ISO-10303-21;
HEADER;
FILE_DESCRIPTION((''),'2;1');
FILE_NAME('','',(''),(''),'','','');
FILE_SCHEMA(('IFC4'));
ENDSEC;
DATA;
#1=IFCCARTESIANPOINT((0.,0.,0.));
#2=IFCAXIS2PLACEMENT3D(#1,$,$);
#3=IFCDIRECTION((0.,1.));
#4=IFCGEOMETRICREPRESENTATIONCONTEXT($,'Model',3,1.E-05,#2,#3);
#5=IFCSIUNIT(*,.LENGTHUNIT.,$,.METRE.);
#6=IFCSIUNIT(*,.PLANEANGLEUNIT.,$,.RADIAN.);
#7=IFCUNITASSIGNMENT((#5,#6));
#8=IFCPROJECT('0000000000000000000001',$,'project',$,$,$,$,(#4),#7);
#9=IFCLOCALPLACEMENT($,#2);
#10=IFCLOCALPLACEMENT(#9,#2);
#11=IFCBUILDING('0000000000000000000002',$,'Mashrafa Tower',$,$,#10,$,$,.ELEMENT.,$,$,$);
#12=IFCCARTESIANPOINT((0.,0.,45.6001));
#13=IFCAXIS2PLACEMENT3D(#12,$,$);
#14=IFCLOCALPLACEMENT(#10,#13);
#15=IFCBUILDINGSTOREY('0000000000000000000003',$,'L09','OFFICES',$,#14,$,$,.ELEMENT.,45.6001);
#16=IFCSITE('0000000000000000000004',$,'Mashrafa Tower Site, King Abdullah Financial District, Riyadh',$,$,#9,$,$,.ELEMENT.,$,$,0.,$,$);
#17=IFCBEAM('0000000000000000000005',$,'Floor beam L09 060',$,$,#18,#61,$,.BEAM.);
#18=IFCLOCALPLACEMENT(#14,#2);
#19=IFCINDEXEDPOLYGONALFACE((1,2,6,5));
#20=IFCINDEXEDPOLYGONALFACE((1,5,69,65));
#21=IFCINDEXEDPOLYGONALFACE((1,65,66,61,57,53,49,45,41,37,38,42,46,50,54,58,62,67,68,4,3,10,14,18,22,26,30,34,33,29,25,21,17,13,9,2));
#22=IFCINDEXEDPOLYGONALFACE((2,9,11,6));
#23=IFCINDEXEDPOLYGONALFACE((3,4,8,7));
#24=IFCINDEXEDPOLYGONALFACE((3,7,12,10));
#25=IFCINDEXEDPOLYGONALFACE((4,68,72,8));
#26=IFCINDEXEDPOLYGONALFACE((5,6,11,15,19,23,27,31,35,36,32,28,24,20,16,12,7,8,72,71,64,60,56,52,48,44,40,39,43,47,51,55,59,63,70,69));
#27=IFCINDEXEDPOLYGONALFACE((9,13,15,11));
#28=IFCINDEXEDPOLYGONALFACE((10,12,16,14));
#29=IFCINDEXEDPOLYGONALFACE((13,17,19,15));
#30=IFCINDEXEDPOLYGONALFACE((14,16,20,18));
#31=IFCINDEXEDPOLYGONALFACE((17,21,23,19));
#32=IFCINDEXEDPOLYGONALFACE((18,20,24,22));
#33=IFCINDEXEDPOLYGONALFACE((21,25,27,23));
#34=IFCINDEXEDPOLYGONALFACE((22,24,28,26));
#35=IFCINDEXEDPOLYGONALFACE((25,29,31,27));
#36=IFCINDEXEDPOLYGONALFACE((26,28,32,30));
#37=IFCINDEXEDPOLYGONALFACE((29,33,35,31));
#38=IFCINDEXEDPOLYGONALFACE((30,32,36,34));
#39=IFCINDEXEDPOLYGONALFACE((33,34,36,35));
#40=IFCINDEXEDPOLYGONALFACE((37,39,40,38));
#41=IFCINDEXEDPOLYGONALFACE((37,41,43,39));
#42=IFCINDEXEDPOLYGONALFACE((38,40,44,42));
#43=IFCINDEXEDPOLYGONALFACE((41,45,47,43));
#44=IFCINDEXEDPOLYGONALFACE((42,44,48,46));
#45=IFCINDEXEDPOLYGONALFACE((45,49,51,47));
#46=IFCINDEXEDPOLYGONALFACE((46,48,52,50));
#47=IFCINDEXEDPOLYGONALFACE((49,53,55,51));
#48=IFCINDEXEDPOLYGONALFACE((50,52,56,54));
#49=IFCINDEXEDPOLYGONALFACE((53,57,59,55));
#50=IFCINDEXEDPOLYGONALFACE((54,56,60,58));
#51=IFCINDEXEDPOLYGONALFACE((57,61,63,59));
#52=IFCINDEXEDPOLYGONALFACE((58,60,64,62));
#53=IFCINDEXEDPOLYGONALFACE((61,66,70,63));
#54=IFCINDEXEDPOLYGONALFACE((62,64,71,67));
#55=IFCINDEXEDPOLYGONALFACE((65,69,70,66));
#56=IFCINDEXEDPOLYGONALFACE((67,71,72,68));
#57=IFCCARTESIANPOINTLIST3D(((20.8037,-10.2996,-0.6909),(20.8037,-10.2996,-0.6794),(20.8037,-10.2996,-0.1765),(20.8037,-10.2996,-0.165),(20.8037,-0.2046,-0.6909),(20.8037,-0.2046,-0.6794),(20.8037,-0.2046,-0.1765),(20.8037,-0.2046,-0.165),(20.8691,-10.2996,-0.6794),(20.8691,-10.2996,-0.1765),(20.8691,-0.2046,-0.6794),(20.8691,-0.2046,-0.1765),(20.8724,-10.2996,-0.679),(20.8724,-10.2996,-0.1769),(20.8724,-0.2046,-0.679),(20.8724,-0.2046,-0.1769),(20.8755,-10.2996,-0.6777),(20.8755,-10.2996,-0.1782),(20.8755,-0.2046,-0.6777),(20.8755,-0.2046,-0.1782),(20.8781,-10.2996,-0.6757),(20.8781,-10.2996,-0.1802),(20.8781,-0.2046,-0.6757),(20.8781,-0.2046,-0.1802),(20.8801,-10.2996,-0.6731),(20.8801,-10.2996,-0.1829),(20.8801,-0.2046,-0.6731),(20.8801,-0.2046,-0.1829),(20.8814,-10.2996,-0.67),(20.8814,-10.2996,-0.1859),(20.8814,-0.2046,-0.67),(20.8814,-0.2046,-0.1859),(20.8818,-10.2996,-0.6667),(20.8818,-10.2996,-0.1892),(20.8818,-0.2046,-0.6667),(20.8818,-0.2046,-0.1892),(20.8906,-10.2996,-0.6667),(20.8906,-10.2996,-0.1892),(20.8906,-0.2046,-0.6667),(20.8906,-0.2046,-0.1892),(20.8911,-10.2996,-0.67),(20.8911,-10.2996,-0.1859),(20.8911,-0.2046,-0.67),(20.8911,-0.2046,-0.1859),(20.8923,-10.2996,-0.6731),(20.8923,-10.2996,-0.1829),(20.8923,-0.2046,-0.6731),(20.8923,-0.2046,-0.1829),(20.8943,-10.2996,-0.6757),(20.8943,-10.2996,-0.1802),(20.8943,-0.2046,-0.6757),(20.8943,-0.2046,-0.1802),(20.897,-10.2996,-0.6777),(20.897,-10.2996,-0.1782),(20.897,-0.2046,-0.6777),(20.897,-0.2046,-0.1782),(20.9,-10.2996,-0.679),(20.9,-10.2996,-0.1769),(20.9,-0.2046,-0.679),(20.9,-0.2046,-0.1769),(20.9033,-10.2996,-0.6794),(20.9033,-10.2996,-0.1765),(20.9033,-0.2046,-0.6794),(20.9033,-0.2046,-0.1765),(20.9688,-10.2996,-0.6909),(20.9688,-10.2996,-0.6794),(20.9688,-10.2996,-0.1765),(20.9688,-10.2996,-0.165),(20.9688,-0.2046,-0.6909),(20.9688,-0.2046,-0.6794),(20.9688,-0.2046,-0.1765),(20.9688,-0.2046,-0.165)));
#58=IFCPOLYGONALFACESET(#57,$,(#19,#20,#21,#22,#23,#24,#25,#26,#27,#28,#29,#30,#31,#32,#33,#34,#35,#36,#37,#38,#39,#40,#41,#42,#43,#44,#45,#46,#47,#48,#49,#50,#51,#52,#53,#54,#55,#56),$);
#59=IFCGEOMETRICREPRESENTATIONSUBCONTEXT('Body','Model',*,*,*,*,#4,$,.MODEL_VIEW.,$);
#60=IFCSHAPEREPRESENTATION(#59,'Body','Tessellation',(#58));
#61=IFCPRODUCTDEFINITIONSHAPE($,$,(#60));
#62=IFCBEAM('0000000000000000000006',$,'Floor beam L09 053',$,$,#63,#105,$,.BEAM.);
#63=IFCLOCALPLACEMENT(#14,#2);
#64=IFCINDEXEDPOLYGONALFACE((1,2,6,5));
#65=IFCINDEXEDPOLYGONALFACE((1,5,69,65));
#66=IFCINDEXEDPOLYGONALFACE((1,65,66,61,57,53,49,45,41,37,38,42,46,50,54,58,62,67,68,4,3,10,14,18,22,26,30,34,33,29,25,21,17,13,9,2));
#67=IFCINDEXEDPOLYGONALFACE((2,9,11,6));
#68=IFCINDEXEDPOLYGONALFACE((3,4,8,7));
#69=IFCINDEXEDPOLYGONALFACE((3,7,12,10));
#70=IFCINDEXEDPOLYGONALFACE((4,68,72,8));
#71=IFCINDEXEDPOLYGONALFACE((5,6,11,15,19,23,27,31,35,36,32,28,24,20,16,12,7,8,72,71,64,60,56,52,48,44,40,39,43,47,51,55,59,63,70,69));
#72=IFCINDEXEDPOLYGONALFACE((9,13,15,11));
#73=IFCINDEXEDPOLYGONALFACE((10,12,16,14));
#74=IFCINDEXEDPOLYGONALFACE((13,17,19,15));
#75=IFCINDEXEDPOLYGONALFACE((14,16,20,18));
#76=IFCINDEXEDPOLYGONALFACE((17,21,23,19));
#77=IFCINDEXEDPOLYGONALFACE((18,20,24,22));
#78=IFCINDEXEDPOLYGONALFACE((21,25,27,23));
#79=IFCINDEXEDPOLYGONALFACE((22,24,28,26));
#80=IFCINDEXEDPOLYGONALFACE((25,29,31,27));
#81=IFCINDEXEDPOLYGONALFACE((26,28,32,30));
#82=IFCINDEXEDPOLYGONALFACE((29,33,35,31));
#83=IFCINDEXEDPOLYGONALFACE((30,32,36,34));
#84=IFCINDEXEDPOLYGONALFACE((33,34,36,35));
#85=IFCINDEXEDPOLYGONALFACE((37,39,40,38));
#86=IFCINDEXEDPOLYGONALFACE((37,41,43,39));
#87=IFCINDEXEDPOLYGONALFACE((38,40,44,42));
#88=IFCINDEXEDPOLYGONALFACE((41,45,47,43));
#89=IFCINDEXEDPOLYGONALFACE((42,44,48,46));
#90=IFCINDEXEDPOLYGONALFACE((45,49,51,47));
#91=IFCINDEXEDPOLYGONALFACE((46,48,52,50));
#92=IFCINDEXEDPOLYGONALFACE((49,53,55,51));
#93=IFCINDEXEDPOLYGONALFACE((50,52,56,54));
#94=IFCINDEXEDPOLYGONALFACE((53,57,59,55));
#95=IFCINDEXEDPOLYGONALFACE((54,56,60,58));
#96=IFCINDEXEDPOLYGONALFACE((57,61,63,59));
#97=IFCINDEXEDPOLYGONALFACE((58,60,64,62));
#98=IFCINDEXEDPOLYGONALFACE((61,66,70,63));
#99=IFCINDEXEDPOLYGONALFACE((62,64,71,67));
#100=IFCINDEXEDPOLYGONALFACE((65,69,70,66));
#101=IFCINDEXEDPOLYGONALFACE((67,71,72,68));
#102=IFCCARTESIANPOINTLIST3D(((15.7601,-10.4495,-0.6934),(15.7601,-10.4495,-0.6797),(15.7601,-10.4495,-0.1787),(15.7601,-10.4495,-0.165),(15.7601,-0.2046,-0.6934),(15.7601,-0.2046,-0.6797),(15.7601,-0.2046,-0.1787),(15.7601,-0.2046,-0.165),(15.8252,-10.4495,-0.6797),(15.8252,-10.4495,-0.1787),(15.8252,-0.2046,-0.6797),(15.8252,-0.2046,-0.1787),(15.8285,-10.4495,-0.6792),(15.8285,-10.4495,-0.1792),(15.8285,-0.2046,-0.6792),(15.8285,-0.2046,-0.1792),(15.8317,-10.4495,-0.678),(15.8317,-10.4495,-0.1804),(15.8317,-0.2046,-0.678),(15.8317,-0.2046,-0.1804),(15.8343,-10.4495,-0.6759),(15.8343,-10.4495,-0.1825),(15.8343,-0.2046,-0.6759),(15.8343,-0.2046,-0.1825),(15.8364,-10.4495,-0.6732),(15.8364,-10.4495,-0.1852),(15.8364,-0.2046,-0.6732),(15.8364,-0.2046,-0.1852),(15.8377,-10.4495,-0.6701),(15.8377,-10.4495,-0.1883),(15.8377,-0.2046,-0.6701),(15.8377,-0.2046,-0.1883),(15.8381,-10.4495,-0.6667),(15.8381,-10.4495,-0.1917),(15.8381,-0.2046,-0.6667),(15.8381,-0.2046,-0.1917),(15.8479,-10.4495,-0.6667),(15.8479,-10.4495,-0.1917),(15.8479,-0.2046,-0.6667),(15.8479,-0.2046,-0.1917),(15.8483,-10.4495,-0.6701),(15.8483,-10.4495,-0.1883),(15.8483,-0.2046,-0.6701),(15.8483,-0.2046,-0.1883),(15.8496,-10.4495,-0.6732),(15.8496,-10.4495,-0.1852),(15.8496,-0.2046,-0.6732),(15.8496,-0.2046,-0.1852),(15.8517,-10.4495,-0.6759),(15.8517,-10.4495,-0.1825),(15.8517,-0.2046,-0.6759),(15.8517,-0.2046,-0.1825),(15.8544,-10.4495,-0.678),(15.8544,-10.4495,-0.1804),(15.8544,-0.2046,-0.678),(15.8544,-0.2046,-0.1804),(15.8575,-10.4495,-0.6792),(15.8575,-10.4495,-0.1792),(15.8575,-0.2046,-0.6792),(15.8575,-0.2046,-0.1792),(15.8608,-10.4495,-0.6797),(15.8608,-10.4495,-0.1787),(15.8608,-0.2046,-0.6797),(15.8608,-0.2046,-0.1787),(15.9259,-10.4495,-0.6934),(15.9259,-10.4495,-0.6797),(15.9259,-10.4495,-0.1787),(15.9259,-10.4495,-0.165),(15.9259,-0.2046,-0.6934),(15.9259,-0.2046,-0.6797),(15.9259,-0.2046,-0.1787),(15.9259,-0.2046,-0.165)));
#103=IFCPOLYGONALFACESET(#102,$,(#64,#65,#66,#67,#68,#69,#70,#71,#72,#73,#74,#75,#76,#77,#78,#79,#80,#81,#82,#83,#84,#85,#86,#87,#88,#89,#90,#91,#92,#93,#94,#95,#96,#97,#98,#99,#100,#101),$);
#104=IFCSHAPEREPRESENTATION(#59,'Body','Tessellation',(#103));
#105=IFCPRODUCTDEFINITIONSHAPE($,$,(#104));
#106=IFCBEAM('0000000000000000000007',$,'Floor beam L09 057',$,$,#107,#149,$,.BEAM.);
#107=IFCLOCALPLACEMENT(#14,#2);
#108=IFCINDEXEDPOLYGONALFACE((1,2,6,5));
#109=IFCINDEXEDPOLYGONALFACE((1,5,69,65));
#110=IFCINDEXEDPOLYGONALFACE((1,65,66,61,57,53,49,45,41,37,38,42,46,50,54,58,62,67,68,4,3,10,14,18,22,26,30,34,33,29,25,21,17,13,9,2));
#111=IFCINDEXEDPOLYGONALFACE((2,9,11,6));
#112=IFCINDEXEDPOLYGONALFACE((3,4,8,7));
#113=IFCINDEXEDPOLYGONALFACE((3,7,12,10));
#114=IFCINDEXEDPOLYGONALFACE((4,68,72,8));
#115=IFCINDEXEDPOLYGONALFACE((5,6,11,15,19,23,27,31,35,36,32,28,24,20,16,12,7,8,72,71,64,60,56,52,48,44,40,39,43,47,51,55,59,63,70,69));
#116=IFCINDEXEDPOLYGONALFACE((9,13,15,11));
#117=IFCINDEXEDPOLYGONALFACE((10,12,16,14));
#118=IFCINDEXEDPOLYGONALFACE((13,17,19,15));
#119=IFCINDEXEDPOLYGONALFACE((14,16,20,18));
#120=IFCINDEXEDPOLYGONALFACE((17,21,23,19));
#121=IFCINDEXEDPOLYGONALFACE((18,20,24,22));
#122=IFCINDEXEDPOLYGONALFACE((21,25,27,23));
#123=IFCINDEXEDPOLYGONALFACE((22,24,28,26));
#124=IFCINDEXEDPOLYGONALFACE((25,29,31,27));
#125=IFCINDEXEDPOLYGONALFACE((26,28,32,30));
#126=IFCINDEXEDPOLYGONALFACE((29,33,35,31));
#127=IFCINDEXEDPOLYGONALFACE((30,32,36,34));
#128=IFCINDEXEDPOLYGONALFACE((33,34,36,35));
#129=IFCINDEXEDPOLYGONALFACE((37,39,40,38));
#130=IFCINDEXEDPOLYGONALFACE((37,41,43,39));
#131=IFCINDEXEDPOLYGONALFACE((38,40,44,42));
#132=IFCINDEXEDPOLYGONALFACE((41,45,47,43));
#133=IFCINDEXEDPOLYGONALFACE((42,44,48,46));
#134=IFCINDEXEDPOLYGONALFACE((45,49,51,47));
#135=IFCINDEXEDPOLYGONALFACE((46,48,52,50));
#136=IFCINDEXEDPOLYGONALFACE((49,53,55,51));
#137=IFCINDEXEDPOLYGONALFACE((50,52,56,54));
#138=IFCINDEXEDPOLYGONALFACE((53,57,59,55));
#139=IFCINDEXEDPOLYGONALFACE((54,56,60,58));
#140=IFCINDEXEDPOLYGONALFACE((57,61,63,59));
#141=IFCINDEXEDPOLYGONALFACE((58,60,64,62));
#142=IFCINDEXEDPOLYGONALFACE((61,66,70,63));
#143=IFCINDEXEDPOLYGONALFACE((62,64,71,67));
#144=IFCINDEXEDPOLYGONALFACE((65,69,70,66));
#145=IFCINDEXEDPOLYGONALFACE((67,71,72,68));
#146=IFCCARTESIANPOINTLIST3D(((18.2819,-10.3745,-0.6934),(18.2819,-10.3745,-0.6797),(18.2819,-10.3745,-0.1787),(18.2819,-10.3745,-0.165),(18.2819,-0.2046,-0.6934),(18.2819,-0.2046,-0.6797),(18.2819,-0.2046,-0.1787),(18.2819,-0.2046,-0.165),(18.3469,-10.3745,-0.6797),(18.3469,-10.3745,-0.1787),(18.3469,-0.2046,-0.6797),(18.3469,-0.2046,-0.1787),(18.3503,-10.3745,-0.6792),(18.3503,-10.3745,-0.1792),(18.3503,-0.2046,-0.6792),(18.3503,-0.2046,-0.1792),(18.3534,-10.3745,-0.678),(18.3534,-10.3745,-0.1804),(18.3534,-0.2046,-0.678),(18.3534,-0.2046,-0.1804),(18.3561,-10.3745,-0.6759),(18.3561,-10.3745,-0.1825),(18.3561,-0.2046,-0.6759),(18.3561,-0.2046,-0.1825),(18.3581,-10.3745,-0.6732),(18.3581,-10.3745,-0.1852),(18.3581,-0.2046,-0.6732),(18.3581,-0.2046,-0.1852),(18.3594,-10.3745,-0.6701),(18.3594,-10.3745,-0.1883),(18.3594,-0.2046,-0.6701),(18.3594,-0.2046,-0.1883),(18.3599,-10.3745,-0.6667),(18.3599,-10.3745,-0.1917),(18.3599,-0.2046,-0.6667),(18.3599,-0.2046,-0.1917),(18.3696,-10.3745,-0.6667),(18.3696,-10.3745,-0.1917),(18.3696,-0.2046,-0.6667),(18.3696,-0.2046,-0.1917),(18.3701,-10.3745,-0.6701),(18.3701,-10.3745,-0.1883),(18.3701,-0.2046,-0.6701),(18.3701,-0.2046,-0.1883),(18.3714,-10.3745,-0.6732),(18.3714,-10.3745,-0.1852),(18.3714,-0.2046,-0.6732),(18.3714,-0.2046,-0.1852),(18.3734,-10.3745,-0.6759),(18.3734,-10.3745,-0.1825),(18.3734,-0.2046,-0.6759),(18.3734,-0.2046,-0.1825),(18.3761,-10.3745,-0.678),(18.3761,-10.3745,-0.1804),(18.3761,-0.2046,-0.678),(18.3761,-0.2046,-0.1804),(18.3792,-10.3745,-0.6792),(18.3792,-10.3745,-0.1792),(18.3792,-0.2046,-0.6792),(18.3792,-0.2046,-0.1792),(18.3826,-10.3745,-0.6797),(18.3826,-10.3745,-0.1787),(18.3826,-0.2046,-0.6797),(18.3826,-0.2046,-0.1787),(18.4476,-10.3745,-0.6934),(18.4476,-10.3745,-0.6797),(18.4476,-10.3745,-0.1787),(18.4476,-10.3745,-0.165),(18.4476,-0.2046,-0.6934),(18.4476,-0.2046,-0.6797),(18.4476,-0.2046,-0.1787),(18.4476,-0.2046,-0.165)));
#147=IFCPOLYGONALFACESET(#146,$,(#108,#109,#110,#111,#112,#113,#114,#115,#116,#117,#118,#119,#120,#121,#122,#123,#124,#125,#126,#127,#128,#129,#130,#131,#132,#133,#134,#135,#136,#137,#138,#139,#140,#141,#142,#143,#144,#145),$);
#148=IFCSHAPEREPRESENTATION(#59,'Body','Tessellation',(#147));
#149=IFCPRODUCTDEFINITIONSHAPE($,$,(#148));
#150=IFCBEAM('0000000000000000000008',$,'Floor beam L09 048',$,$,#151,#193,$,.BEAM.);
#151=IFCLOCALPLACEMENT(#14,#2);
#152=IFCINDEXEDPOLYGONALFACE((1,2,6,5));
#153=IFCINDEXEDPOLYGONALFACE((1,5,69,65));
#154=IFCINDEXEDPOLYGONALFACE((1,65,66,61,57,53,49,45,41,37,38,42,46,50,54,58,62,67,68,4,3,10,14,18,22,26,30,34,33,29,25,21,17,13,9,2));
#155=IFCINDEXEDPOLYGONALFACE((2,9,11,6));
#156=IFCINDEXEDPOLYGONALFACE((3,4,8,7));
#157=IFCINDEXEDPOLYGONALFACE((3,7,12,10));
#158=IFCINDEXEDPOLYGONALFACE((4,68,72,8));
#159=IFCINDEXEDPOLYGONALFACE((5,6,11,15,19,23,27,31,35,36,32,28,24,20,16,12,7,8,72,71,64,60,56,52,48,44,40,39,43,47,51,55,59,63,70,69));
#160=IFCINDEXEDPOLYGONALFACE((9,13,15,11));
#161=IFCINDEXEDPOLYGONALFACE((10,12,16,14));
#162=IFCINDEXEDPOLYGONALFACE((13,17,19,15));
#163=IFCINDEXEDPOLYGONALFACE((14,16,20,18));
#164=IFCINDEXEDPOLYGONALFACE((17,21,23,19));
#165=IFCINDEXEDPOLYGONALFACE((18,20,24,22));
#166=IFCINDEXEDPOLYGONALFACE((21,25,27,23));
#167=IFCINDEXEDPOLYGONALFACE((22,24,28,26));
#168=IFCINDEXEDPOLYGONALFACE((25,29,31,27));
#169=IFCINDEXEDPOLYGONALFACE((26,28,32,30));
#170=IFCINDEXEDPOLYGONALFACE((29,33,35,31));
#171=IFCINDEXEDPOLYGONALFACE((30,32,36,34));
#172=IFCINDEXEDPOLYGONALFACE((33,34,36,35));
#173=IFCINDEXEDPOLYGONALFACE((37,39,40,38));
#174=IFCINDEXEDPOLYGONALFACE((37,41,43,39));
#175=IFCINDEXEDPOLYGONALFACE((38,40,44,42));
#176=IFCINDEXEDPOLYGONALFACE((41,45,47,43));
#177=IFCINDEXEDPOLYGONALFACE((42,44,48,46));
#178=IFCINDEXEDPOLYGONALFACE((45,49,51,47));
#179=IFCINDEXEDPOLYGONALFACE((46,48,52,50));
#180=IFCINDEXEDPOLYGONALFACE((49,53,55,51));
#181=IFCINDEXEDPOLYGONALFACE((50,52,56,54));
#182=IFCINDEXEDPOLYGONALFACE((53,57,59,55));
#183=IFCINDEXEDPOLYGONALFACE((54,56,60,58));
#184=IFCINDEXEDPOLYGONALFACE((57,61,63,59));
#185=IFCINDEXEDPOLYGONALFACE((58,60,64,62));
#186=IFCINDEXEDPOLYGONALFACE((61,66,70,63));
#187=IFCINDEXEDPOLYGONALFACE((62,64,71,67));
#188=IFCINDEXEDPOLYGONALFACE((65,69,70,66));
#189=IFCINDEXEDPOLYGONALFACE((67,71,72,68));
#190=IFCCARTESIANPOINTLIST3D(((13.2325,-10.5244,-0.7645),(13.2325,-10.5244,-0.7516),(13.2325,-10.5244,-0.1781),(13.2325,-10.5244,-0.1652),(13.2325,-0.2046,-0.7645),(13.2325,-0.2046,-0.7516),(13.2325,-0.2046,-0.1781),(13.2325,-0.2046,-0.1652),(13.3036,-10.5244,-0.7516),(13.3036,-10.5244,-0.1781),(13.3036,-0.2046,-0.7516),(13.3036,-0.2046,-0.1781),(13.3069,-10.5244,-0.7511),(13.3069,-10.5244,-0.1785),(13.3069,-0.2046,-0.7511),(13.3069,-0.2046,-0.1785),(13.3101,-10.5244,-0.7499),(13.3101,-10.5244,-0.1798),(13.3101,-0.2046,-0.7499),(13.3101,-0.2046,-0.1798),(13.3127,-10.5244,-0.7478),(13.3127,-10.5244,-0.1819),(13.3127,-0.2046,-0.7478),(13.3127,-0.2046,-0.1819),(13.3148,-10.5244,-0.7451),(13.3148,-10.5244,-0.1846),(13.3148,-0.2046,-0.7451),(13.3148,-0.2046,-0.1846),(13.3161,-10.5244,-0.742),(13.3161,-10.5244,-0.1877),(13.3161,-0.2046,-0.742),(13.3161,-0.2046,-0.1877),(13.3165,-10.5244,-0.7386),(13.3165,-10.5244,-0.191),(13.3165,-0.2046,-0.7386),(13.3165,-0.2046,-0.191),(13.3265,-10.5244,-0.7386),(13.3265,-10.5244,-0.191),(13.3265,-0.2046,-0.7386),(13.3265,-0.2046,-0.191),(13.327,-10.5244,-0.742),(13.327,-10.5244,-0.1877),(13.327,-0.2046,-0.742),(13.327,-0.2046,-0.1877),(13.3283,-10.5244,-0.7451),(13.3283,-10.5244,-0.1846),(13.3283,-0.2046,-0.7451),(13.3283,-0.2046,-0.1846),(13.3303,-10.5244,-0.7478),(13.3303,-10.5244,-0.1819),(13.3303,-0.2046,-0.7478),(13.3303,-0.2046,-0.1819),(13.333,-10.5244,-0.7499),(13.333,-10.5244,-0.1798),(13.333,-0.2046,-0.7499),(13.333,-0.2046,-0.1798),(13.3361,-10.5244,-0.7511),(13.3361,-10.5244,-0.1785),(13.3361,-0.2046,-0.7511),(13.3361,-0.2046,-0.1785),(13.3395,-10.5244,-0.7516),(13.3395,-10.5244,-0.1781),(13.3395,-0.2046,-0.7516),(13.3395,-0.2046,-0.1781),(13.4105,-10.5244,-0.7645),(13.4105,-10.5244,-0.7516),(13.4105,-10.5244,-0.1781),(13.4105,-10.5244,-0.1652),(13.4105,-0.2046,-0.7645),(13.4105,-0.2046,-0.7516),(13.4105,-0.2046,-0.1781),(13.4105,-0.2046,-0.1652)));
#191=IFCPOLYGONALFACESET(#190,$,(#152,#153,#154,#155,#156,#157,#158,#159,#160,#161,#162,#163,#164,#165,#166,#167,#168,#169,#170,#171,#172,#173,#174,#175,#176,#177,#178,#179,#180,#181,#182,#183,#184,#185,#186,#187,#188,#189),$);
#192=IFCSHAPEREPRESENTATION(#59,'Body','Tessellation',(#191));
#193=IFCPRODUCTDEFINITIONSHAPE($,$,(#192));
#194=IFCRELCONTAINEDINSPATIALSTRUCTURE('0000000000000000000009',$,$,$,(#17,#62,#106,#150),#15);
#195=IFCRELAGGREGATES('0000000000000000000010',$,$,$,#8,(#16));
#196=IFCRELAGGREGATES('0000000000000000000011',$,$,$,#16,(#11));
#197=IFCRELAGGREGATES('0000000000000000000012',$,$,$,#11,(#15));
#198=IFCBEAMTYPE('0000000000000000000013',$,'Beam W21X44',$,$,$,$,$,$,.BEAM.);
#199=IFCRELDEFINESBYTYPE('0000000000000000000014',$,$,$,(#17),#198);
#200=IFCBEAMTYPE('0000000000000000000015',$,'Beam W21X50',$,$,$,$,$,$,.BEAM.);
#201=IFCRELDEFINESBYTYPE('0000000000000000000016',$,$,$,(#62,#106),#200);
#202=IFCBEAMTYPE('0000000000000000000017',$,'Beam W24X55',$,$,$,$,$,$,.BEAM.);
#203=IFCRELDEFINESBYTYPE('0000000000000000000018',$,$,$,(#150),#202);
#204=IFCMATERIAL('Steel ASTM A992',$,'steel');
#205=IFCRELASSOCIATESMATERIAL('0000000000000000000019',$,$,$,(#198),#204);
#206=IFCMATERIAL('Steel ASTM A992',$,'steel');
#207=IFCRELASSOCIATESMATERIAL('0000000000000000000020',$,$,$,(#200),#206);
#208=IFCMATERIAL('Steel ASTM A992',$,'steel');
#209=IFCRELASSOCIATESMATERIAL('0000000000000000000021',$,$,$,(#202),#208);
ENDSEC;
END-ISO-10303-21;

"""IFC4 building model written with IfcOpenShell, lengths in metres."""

from ifc_helpers import new_model, si_unit, direction, frame, origin, origin_2d, place, context, subcontext, project, spatial, i_section, extrude, material, material_profile, profile_set, type_object, element, save


model = new_model("IFC4")

# Units and contexts
model_context = context("Model", 3, precision=1e-05, world=origin(), true_north=direction((0.0, 1.0)))
body_context = subcontext(model_context, "Body", "Model", "MODEL_VIEW")
ifc_project = project(units=[si_unit("LENGTHUNIT", "METRE"), si_unit("PLANEANGLEUNIT", "RADIAN")], contexts=[model_context])

# Site, building, storey
site_placement = place(None, origin())
site = spatial("IfcSite", under=ifc_project, at=site_placement, Name="Mashrafa Tower Site, King Abdullah Financial District, Riyadh", CompositionType="ELEMENT", RefElevation=0.0)
building_placement = place(site_placement, origin())
building = spatial("IfcBuilding", under=site, at=building_placement, Name="Mashrafa Tower", CompositionType="ELEMENT")
storey_placement = place(building_placement, frame((0.0, 0.0, 45.6001)))
storey = spatial("IfcBuildingStorey", under=building, at=storey_placement, Name="L09", Description="OFFICES", CompositionType="ELEMENT", Elevation=45.6001)

# Beams
ifc_material_1 = material(Name="Steel ASTM A992", Category="steel")
ifc_material_profile_1 = material_profile(ifc_material_1, i_section(OverallWidth=0.165, OverallDepth=0.5259, WebThickness=0.0088, FlangeThickness=0.0115, FilletRadius=0.0127, at=origin_2d()), Name="W21X44")
ifc_profile_set_1 = profile_set([ifc_material_profile_1], Name="Steel ASTM A992")
beam_type_1 = type_object("IfcBeamType", Name="Beam W21X44", PredefinedType="BEAM", material=ifc_profile_set_1)
beam_1_placement = place(storey_placement, frame((20.8862, -0.2046, -0.428), z_axis=(0.0, -1.0, 0.0), x_axis=(1.0, 0.0, 0.0)))
element("IfcBeam", 1, at=beam_1_placement, inside=storey, type_object=beam_type_1, Name="Floor beam L09 060", PredefinedType="BEAM", context=body_context, shape_type="SweptSolid", body=[
    extrude(i_section(OverallWidth=0.165, OverallDepth=0.5259, WebThickness=0.0088, FlangeThickness=0.0115, FilletRadius=0.0127, at=origin_2d()), origin(), (0.0, 0.0, 1.0), 10.095),
])
ifc_material_2 = material(Name="Steel ASTM A992", Category="steel")
ifc_material_profile_2 = material_profile(ifc_material_2, i_section(OverallWidth=0.1658, OverallDepth=0.5283, WebThickness=0.0098, FlangeThickness=0.0137, FilletRadius=0.0129, at=origin_2d()), Name="W21X50")
ifc_profile_set_2 = profile_set([ifc_material_profile_2], Name="Steel ASTM A992")
beam_type_2 = type_object("IfcBeamType", Name="Beam W21X50", PredefinedType="BEAM", material=ifc_profile_set_2)
beam_2_placement = place(storey_placement, frame((15.843, -0.2046, -0.4292), z_axis=(0.0, -1.0, 0.0), x_axis=(1.0, 0.0, 0.0)))
element("IfcBeam", 2, at=beam_2_placement, inside=storey, type_object=beam_type_2, Name="Floor beam L09 053", PredefinedType="BEAM", context=body_context, shape_type="SweptSolid", body=[
    extrude(i_section(OverallWidth=0.1658, OverallDepth=0.5283, WebThickness=0.0098, FlangeThickness=0.0137, FilletRadius=0.0129, at=origin_2d()), origin(), (0.0, 0.0, 1.0), 10.2449),
])
beam_3_placement = place(storey_placement, frame((18.3647, -0.2046, -0.4292), z_axis=(0.0, -1.0, 0.0), x_axis=(1.0, 0.0, 0.0)))
element("IfcBeam", 3, at=beam_3_placement, inside=storey, type_object=beam_type_2, Name="Floor beam L09 057", PredefinedType="BEAM", context=body_context, shape_type="SweptSolid", body=[
    extrude(i_section(OverallWidth=0.1658, OverallDepth=0.5283, WebThickness=0.0098, FlangeThickness=0.0137, FilletRadius=0.0129, at=origin_2d()), origin(), (0.0, 0.0, 1.0), 10.1699),
])
ifc_material_3 = material(Name="Steel ASTM A992", Category="steel")
ifc_material_profile_3 = material_profile(ifc_material_3, i_section(OverallWidth=0.178, OverallDepth=0.5994, WebThickness=0.01, FlangeThickness=0.0129, FilletRadius=0.0129, at=origin_2d()), Name="W24X55")
ifc_profile_set_3 = profile_set([ifc_material_profile_3], Name="Steel ASTM A992")
beam_type_3 = type_object("IfcBeamType", Name="Beam W24X55", PredefinedType="BEAM", material=ifc_profile_set_3)
beam_4_placement = place(storey_placement, frame((13.3215, -0.2046, -0.4648), z_axis=(0.0, -1.0, 0.0), x_axis=(1.0, 0.0, 0.0)))
element("IfcBeam", 4, at=beam_4_placement, inside=storey, type_object=beam_type_3, Name="Floor beam L09 048", PredefinedType="BEAM", context=body_context, shape_type="SweptSolid", body=[
    extrude(i_section(OverallWidth=0.178, OverallDepth=0.5994, WebThickness=0.01, FlangeThickness=0.0129, FilletRadius=0.0129, at=origin_2d()), origin(), (0.0, 0.0, 1.0), 10.3198),
])

save(model, "model.ifc")
